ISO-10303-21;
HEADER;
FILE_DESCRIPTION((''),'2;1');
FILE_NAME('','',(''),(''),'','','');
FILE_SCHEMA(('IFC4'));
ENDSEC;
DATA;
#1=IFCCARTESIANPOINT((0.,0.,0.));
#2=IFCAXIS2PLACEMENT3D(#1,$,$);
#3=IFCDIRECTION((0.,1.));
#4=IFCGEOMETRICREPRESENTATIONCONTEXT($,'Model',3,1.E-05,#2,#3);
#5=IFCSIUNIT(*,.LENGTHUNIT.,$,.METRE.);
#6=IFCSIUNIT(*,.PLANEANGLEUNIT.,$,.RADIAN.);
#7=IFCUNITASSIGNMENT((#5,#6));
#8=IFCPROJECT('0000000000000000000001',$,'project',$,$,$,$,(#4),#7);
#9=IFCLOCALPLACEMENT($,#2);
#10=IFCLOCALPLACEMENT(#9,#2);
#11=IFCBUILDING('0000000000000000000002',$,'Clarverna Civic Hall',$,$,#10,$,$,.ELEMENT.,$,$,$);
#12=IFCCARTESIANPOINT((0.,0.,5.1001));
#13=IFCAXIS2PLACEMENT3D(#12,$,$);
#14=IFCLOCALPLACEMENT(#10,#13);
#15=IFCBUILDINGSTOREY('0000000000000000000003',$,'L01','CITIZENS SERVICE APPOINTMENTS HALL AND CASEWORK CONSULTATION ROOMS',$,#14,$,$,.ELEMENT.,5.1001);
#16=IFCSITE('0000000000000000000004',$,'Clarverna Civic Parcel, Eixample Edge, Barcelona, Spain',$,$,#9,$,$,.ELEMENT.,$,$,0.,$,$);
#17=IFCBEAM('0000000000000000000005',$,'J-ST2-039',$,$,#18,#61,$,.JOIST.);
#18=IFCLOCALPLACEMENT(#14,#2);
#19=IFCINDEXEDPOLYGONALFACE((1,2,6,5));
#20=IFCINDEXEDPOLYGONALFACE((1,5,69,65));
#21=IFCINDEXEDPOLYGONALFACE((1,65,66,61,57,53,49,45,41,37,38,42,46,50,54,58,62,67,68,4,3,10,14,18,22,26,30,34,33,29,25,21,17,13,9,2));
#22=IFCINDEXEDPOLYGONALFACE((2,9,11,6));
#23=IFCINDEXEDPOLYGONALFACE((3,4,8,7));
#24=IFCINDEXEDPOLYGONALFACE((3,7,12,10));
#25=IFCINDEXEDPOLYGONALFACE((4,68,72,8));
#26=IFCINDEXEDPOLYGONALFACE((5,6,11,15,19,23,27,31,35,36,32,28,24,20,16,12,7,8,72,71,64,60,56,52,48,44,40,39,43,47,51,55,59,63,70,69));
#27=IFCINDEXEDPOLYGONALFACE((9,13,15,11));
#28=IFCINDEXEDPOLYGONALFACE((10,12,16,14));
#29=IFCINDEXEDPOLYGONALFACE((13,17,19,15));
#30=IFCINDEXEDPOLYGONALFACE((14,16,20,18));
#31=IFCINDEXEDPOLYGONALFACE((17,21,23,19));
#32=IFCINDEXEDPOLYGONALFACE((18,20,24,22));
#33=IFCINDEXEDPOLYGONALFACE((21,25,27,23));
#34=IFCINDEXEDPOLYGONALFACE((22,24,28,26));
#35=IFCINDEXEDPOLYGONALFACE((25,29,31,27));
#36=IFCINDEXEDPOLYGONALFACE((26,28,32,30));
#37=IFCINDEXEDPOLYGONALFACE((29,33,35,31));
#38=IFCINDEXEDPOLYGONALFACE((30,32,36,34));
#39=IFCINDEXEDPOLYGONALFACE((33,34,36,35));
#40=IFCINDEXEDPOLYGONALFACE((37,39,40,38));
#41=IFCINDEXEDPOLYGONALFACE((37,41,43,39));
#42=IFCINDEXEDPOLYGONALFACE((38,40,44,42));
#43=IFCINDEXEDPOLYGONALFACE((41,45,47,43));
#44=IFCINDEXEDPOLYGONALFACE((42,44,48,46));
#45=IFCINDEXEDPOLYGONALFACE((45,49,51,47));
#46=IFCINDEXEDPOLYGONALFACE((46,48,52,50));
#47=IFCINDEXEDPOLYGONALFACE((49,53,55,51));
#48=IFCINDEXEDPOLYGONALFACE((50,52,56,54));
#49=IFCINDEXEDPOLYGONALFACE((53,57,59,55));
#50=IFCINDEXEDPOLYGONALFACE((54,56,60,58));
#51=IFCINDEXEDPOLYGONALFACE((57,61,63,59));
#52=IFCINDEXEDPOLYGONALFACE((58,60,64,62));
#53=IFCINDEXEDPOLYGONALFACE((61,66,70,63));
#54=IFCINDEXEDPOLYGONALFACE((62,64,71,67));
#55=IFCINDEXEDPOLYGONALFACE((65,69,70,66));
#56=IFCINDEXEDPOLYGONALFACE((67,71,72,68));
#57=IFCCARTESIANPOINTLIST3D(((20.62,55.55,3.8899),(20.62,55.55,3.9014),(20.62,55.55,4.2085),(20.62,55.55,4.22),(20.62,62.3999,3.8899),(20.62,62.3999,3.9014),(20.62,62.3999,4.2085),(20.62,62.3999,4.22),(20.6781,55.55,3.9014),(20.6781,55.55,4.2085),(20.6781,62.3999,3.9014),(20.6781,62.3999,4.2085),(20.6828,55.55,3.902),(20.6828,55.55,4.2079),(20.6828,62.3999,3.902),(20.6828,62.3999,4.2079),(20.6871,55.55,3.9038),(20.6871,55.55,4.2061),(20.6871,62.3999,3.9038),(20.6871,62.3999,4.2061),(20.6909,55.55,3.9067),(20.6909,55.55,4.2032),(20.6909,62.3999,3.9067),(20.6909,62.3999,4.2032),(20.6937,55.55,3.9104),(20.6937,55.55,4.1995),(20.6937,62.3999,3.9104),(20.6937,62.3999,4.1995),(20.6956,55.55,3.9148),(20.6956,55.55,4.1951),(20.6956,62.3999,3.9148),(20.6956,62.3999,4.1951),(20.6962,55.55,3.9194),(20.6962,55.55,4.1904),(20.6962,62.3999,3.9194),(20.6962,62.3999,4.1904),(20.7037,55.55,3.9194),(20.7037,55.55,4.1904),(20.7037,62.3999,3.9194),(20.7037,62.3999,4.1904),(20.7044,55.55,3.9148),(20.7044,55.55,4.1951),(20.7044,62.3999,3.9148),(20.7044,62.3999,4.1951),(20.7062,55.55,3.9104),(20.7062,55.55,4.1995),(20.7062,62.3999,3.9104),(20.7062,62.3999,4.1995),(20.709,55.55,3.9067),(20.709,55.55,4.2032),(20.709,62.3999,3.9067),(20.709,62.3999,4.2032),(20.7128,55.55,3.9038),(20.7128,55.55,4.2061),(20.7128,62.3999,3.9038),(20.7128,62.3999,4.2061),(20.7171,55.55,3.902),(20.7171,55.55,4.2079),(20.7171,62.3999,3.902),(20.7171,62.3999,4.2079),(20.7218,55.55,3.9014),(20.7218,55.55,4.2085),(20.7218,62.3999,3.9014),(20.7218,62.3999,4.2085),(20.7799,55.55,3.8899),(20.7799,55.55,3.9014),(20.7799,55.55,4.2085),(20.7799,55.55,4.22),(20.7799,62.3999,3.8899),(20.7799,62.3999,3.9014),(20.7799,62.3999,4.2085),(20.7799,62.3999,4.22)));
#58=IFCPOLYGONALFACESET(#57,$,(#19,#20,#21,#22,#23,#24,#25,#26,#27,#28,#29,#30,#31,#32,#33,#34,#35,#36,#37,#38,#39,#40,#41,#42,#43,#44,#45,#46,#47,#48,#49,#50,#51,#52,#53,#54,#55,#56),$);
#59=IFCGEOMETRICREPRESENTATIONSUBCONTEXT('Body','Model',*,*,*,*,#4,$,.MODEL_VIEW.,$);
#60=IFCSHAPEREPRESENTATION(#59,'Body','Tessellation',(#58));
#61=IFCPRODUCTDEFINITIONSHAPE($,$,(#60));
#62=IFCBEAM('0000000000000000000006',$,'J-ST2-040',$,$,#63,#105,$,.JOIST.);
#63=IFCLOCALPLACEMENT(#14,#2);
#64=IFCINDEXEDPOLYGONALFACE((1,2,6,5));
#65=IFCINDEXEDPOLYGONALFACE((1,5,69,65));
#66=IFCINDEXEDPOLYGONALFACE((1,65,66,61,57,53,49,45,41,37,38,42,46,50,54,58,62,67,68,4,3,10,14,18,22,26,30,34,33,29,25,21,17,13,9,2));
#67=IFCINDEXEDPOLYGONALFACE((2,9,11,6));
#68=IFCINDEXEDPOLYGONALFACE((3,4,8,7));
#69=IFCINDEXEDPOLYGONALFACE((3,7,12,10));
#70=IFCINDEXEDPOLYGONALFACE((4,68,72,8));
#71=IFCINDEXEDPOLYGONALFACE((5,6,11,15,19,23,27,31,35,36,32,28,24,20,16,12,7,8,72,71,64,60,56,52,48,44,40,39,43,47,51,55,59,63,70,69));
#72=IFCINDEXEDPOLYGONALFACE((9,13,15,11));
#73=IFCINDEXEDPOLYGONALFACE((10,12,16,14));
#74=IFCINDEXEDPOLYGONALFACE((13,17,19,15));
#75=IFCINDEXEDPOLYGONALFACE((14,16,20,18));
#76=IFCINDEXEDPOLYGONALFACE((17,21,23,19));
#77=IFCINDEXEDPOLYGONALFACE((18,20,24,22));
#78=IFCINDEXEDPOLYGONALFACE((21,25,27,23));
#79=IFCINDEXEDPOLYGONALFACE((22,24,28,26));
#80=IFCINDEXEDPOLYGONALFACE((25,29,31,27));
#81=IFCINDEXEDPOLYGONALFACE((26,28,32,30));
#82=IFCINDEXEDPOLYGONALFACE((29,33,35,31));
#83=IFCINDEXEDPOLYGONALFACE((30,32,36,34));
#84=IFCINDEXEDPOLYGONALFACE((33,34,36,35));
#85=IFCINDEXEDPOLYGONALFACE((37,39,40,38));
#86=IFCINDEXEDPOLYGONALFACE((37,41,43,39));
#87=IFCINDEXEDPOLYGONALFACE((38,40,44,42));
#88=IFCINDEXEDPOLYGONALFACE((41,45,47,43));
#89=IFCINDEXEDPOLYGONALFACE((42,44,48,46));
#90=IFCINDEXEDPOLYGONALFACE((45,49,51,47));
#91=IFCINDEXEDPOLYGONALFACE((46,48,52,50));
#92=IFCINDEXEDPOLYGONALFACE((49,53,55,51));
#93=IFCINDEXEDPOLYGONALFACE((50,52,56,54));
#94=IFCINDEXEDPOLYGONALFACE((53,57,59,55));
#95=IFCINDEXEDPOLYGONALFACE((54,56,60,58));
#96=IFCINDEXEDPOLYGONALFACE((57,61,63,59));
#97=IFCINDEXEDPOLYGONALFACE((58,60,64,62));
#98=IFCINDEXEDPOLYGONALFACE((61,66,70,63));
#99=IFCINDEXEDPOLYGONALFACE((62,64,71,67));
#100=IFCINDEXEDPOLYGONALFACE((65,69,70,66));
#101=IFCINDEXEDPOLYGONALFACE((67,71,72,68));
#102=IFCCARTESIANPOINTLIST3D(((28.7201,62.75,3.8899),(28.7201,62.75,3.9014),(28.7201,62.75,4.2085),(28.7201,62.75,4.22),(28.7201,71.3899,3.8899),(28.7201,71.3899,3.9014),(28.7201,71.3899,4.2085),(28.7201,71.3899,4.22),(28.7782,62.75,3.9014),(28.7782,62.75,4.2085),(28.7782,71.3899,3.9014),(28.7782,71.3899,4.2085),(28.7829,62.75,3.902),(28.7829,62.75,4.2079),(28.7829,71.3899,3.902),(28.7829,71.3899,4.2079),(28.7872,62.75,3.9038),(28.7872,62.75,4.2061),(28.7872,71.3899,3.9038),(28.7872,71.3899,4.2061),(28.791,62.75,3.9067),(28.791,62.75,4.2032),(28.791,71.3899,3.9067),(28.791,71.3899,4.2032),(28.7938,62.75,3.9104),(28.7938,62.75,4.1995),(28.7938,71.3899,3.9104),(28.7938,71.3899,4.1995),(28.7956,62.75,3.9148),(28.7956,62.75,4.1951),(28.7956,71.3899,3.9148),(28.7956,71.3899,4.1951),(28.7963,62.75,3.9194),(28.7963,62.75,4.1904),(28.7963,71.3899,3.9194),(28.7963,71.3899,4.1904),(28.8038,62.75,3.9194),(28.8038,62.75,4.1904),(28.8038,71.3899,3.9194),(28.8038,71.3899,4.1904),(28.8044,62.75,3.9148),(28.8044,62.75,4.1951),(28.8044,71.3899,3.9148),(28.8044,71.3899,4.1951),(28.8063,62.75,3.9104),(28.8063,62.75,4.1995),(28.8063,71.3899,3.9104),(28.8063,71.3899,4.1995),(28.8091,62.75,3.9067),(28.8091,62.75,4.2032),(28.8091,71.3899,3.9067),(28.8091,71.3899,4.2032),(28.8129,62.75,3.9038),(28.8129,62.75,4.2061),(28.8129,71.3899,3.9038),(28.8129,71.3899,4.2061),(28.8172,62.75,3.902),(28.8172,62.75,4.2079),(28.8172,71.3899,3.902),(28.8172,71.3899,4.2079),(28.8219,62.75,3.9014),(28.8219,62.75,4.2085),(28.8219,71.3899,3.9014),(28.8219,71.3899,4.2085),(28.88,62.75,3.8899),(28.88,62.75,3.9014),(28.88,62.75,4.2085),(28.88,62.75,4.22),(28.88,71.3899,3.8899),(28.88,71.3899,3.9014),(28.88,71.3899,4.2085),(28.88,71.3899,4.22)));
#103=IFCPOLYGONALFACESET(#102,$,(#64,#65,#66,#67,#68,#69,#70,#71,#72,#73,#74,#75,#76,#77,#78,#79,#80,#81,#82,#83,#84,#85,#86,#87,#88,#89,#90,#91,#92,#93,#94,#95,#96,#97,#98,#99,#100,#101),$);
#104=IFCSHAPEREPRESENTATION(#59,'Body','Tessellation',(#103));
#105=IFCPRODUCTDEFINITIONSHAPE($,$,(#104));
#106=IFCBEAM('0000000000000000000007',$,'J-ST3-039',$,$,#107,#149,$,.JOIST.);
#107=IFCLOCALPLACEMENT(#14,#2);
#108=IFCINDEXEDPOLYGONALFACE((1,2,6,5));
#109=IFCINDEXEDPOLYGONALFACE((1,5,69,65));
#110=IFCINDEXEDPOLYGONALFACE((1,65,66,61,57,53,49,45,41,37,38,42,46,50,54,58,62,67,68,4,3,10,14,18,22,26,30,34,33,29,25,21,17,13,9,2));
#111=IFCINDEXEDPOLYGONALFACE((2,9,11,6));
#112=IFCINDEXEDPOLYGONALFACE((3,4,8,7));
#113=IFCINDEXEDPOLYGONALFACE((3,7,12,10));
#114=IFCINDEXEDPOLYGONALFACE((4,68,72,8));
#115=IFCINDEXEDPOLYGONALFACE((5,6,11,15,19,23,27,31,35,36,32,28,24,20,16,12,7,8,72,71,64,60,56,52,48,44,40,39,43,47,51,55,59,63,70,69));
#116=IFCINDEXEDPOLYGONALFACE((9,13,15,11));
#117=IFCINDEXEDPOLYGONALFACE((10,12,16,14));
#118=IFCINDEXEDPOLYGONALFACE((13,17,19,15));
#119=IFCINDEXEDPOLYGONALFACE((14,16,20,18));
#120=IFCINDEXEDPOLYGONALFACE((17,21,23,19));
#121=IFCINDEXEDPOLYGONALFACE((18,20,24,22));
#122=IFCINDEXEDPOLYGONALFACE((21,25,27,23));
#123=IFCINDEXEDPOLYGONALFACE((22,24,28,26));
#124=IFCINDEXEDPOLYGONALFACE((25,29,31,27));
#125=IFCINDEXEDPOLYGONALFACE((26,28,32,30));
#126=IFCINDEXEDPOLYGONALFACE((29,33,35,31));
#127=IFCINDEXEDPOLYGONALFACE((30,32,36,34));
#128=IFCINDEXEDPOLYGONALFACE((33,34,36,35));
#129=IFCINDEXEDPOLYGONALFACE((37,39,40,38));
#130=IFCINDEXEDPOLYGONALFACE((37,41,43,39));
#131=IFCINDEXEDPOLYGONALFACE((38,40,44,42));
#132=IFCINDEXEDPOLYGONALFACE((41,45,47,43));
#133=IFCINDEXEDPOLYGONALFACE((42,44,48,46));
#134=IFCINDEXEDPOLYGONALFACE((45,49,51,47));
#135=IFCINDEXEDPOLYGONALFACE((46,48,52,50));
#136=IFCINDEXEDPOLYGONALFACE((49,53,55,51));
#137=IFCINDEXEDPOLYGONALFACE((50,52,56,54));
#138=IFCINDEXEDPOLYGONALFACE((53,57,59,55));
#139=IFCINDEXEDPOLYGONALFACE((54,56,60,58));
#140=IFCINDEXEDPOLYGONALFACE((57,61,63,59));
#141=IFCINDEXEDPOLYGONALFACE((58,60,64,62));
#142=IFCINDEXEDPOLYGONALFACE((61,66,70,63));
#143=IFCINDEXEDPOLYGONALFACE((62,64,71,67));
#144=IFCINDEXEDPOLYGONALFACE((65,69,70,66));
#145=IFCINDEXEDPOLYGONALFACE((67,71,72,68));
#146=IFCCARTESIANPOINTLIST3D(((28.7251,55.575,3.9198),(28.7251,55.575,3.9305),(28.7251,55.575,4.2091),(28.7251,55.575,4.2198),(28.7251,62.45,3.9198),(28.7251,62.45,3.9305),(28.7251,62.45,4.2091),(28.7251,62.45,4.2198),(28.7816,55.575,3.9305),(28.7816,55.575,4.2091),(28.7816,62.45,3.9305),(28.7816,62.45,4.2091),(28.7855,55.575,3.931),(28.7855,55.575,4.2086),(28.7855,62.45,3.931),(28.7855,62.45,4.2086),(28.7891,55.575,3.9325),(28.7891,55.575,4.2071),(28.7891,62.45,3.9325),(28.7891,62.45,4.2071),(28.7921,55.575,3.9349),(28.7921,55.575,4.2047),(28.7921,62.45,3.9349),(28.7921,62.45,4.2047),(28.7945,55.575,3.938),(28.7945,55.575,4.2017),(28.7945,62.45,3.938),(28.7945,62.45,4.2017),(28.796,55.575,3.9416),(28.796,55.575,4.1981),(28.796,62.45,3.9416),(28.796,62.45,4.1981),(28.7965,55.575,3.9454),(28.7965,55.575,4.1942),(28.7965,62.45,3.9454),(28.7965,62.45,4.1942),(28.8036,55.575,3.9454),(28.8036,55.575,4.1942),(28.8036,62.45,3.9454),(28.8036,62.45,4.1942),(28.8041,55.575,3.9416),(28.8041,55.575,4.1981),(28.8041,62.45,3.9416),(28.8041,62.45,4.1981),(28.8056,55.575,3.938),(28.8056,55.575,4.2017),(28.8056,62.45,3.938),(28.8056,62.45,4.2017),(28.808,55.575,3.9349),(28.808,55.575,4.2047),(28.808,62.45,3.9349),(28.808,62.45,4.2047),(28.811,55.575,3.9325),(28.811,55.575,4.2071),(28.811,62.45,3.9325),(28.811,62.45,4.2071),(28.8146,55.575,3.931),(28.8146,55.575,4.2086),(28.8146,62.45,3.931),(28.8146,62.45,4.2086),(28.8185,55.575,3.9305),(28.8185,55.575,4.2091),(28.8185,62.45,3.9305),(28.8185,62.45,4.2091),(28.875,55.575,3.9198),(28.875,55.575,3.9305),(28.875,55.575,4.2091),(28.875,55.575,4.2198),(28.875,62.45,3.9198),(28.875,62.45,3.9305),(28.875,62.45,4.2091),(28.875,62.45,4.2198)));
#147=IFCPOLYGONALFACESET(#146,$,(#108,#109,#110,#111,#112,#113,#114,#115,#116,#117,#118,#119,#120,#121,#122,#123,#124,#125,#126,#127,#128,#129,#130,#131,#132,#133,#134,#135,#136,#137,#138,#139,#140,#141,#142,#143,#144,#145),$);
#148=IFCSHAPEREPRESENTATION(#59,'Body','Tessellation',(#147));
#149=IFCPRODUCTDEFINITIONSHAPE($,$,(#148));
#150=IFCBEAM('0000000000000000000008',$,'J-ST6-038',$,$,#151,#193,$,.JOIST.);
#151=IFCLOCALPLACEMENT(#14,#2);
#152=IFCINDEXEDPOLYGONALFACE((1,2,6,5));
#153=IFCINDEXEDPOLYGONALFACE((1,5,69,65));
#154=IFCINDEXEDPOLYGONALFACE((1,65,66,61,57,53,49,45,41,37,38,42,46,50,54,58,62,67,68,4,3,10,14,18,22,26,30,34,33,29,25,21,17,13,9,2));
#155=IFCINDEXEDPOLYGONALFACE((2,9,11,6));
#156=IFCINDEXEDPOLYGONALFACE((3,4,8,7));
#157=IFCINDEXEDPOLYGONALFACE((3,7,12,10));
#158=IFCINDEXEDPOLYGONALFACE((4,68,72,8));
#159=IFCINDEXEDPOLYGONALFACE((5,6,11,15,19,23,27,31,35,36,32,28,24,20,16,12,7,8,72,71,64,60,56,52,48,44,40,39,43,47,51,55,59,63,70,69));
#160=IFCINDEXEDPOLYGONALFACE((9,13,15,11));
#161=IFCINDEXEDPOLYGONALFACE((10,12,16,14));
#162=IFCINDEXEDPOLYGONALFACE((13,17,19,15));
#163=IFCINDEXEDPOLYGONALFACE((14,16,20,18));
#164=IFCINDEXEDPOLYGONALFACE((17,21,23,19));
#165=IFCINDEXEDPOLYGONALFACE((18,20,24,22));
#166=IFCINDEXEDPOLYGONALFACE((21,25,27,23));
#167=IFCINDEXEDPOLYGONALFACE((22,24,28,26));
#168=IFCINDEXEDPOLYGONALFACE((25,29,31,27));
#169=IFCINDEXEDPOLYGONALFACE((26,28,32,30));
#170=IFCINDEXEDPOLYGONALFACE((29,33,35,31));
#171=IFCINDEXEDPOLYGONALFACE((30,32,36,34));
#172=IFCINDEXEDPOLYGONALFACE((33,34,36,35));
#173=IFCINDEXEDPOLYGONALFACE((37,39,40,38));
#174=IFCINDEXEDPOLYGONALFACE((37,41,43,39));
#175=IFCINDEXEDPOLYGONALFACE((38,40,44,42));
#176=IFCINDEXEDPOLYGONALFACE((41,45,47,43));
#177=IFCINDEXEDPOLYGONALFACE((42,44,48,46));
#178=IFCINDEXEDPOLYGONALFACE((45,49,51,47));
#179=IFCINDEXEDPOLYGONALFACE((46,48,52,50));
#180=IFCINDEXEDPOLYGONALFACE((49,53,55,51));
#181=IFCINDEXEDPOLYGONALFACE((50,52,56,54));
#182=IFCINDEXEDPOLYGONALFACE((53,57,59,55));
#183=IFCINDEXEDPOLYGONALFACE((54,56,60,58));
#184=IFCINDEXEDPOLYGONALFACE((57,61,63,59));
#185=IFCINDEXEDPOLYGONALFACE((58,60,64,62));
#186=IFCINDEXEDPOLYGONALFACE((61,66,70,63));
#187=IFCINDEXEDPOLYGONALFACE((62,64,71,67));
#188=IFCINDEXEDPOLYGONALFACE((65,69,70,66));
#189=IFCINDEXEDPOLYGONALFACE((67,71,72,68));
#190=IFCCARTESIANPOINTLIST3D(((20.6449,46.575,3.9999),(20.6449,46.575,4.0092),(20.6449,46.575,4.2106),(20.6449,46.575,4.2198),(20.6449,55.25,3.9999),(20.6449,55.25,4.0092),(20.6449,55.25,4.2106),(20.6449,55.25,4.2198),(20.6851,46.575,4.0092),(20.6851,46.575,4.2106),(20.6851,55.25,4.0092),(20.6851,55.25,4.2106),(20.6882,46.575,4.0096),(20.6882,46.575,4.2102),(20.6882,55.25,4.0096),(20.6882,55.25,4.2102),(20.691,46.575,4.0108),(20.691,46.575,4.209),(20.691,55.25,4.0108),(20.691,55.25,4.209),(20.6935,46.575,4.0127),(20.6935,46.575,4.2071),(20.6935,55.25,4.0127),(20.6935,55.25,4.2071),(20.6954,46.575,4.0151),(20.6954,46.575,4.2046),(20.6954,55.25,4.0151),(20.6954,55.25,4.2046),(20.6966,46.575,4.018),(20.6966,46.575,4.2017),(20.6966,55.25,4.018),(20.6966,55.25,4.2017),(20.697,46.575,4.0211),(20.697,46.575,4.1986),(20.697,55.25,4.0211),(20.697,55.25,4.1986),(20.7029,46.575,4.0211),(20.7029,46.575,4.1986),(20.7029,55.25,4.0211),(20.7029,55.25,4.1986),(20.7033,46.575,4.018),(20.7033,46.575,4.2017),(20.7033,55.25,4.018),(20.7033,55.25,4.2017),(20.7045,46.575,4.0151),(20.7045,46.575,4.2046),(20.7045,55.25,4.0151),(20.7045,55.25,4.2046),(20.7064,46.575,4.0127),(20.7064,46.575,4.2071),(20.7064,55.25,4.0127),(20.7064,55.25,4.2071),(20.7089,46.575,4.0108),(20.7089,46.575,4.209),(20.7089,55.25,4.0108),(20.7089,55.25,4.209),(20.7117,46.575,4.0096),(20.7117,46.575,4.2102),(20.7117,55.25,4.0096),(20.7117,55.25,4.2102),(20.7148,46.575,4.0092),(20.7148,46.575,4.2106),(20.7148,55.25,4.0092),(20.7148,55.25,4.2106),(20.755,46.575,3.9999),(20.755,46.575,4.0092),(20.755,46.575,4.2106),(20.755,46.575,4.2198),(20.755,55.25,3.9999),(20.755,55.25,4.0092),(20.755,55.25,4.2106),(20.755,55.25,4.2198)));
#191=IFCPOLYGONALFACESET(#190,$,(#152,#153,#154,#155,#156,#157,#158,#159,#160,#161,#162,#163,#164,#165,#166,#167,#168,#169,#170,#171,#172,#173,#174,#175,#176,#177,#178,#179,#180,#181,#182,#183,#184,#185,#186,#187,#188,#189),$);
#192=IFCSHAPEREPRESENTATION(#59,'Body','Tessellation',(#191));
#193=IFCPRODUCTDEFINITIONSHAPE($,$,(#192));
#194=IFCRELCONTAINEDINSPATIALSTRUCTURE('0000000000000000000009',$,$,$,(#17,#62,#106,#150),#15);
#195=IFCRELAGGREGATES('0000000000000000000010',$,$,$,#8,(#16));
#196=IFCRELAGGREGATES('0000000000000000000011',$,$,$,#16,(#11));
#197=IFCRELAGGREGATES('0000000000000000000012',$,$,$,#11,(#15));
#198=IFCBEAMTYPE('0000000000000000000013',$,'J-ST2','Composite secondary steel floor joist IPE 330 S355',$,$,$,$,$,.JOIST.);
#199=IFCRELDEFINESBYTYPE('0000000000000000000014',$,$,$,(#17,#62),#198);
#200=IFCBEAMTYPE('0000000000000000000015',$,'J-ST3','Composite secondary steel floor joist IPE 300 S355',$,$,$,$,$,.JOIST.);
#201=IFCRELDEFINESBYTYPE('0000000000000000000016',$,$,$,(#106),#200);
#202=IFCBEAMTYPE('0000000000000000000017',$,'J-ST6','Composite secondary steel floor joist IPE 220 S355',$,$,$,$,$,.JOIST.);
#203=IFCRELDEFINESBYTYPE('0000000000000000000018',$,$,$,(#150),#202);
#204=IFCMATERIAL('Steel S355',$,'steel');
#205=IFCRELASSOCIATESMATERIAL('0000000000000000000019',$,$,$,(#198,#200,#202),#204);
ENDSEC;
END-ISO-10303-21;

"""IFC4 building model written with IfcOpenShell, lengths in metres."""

from ifc_helpers import new_model, si_unit, direction, frame, origin, origin_2d, place, context, subcontext, project, spatial, i_section, extrude, material, material_profile, profile_set, type_object, element, save


model = new_model("IFC4")

# Units and contexts
model_context = context("Model", 3, precision=1e-05, world=origin(), true_north=direction((0.0, 1.0)))
body_context = subcontext(model_context, "Body", "Model", "MODEL_VIEW")
ifc_project = project(units=[si_unit("LENGTHUNIT", "METRE"), si_unit("PLANEANGLEUNIT", "RADIAN")], contexts=[model_context])

# Site, building, storey
site_placement = place(None, origin())
site = spatial("IfcSite", under=ifc_project, at=site_placement, Name="Clarverna Civic Parcel, Eixample Edge, Barcelona, Spain", CompositionType="ELEMENT", RefElevation=0.0)
building_placement = place(site_placement, origin())
building = spatial("IfcBuilding", under=site, at=building_placement, Name="Clarverna Civic Hall", CompositionType="ELEMENT")
storey_placement = place(building_placement, frame((0.0, 0.0, 5.1001)))
storey = spatial("IfcBuildingStorey", under=building, at=storey_placement, Name="L01", Description="CITIZENS SERVICE APPOINTMENTS HALL AND CASEWORK CONSULTATION ROOMS", CompositionType="ELEMENT", Elevation=5.1001)

# Beams
ifc_material_1 = material(Name="Steel S355", Category="steel")
ifc_material_profile_1 = material_profile(ifc_material_1, i_section(OverallWidth=0.1599, OverallDepth=0.3301, WebThickness=0.0076, FlangeThickness=0.0115, FilletRadius=0.0181, at=origin_2d()), Name="IPE 330")
ifc_profile_set_1 = profile_set([ifc_material_profile_1], Name="Steel S355")
beam_type_1 = type_object("IfcBeamType", Name="J-ST2", Description="Composite secondary steel floor joist IPE 330 S355", PredefinedType="JOIST", material=ifc_profile_set_1)
beam_1_placement = place(storey_placement, frame((20.7, 55.55, 4.0549), z_axis=(0.0, 1.0, 0.0), x_axis=(-1.0, 0.0, 0.0)))
element("IfcBeam", 1, at=beam_1_placement, inside=storey, type_object=beam_type_1, Name="J-ST2-039", PredefinedType="JOIST", context=body_context, shape_type="SweptSolid", body=[
    extrude(i_section(OverallWidth=0.1599, OverallDepth=0.3301, WebThickness=0.0076, FlangeThickness=0.0115, FilletRadius=0.0181, at=origin_2d()), origin(), (0.0, 0.0, 1.0), 6.8499),
])
beam_2_placement = place(storey_placement, frame((28.8, 62.75, 4.0549), z_axis=(0.0, 1.0, 0.0), x_axis=(-1.0, 0.0, 0.0)))
element("IfcBeam", 2, at=beam_2_placement, inside=storey, type_object=beam_type_1, Name="J-ST2-040", PredefinedType="JOIST", context=body_context, shape_type="SweptSolid", body=[
    extrude(i_section(OverallWidth=0.1599, OverallDepth=0.3301, WebThickness=0.0076, FlangeThickness=0.0115, FilletRadius=0.0181, at=origin_2d()), origin(), (0.0, 0.0, 1.0), 8.6399),
])
ifc_material_profile_2 = material_profile(ifc_material_1, i_section(OverallWidth=0.1499, OverallDepth=0.3, WebThickness=0.0071, FlangeThickness=0.0107, FilletRadius=0.0149, at=origin_2d()), Name="IPE 300")
ifc_profile_set_2 = profile_set([ifc_material_profile_2], Name="Steel S355")
beam_type_2 = type_object("IfcBeamType", Name="J-ST3", Description="Composite secondary steel floor joist IPE 300 S355", PredefinedType="JOIST", material=ifc_profile_set_2)
beam_3_placement = place(storey_placement, frame((28.8, 55.575, 4.0698), z_axis=(0.0, 1.0, 0.0), x_axis=(-1.0, 0.0, 0.0)))
element("IfcBeam", 3, at=beam_3_placement, inside=storey, type_object=beam_type_2, Name="J-ST3-039", PredefinedType="JOIST", context=body_context, shape_type="SweptSolid", body=[
    extrude(i_section(OverallWidth=0.1499, OverallDepth=0.3, WebThickness=0.0071, FlangeThickness=0.0107, FilletRadius=0.0149, at=origin_2d()), origin(), (0.0, 0.0, 1.0), 6.875),
])
ifc_material_profile_3 = material_profile(ifc_material_1, i_section(OverallWidth=0.1101, OverallDepth=0.22, WebThickness=0.0059, FlangeThickness=0.0093, FilletRadius=0.012, at=origin_2d()), Name="IPE 220")
ifc_profile_set_3 = profile_set([ifc_material_profile_3], Name="Steel S355")
beam_type_3 = type_object("IfcBeamType", Name="J-ST6", Description="Composite secondary steel floor joist IPE 220 S355", PredefinedType="JOIST", material=ifc_profile_set_3)
beam_4_placement = place(storey_placement, frame((20.7, 46.575, 4.1099), z_axis=(0.0, 1.0, 0.0), x_axis=(-1.0, 0.0, 0.0)))
element("IfcBeam", 4, at=beam_4_placement, inside=storey, type_object=beam_type_3, Name="J-ST6-038", PredefinedType="JOIST", context=body_context, shape_type="SweptSolid", body=[
    extrude(i_section(OverallWidth=0.1101, OverallDepth=0.22, WebThickness=0.0059, FlangeThickness=0.0093, FilletRadius=0.012, at=origin_2d()), origin(), (0.0, 0.0, 1.0), 8.675),
])

save(model, "model.ifc")
